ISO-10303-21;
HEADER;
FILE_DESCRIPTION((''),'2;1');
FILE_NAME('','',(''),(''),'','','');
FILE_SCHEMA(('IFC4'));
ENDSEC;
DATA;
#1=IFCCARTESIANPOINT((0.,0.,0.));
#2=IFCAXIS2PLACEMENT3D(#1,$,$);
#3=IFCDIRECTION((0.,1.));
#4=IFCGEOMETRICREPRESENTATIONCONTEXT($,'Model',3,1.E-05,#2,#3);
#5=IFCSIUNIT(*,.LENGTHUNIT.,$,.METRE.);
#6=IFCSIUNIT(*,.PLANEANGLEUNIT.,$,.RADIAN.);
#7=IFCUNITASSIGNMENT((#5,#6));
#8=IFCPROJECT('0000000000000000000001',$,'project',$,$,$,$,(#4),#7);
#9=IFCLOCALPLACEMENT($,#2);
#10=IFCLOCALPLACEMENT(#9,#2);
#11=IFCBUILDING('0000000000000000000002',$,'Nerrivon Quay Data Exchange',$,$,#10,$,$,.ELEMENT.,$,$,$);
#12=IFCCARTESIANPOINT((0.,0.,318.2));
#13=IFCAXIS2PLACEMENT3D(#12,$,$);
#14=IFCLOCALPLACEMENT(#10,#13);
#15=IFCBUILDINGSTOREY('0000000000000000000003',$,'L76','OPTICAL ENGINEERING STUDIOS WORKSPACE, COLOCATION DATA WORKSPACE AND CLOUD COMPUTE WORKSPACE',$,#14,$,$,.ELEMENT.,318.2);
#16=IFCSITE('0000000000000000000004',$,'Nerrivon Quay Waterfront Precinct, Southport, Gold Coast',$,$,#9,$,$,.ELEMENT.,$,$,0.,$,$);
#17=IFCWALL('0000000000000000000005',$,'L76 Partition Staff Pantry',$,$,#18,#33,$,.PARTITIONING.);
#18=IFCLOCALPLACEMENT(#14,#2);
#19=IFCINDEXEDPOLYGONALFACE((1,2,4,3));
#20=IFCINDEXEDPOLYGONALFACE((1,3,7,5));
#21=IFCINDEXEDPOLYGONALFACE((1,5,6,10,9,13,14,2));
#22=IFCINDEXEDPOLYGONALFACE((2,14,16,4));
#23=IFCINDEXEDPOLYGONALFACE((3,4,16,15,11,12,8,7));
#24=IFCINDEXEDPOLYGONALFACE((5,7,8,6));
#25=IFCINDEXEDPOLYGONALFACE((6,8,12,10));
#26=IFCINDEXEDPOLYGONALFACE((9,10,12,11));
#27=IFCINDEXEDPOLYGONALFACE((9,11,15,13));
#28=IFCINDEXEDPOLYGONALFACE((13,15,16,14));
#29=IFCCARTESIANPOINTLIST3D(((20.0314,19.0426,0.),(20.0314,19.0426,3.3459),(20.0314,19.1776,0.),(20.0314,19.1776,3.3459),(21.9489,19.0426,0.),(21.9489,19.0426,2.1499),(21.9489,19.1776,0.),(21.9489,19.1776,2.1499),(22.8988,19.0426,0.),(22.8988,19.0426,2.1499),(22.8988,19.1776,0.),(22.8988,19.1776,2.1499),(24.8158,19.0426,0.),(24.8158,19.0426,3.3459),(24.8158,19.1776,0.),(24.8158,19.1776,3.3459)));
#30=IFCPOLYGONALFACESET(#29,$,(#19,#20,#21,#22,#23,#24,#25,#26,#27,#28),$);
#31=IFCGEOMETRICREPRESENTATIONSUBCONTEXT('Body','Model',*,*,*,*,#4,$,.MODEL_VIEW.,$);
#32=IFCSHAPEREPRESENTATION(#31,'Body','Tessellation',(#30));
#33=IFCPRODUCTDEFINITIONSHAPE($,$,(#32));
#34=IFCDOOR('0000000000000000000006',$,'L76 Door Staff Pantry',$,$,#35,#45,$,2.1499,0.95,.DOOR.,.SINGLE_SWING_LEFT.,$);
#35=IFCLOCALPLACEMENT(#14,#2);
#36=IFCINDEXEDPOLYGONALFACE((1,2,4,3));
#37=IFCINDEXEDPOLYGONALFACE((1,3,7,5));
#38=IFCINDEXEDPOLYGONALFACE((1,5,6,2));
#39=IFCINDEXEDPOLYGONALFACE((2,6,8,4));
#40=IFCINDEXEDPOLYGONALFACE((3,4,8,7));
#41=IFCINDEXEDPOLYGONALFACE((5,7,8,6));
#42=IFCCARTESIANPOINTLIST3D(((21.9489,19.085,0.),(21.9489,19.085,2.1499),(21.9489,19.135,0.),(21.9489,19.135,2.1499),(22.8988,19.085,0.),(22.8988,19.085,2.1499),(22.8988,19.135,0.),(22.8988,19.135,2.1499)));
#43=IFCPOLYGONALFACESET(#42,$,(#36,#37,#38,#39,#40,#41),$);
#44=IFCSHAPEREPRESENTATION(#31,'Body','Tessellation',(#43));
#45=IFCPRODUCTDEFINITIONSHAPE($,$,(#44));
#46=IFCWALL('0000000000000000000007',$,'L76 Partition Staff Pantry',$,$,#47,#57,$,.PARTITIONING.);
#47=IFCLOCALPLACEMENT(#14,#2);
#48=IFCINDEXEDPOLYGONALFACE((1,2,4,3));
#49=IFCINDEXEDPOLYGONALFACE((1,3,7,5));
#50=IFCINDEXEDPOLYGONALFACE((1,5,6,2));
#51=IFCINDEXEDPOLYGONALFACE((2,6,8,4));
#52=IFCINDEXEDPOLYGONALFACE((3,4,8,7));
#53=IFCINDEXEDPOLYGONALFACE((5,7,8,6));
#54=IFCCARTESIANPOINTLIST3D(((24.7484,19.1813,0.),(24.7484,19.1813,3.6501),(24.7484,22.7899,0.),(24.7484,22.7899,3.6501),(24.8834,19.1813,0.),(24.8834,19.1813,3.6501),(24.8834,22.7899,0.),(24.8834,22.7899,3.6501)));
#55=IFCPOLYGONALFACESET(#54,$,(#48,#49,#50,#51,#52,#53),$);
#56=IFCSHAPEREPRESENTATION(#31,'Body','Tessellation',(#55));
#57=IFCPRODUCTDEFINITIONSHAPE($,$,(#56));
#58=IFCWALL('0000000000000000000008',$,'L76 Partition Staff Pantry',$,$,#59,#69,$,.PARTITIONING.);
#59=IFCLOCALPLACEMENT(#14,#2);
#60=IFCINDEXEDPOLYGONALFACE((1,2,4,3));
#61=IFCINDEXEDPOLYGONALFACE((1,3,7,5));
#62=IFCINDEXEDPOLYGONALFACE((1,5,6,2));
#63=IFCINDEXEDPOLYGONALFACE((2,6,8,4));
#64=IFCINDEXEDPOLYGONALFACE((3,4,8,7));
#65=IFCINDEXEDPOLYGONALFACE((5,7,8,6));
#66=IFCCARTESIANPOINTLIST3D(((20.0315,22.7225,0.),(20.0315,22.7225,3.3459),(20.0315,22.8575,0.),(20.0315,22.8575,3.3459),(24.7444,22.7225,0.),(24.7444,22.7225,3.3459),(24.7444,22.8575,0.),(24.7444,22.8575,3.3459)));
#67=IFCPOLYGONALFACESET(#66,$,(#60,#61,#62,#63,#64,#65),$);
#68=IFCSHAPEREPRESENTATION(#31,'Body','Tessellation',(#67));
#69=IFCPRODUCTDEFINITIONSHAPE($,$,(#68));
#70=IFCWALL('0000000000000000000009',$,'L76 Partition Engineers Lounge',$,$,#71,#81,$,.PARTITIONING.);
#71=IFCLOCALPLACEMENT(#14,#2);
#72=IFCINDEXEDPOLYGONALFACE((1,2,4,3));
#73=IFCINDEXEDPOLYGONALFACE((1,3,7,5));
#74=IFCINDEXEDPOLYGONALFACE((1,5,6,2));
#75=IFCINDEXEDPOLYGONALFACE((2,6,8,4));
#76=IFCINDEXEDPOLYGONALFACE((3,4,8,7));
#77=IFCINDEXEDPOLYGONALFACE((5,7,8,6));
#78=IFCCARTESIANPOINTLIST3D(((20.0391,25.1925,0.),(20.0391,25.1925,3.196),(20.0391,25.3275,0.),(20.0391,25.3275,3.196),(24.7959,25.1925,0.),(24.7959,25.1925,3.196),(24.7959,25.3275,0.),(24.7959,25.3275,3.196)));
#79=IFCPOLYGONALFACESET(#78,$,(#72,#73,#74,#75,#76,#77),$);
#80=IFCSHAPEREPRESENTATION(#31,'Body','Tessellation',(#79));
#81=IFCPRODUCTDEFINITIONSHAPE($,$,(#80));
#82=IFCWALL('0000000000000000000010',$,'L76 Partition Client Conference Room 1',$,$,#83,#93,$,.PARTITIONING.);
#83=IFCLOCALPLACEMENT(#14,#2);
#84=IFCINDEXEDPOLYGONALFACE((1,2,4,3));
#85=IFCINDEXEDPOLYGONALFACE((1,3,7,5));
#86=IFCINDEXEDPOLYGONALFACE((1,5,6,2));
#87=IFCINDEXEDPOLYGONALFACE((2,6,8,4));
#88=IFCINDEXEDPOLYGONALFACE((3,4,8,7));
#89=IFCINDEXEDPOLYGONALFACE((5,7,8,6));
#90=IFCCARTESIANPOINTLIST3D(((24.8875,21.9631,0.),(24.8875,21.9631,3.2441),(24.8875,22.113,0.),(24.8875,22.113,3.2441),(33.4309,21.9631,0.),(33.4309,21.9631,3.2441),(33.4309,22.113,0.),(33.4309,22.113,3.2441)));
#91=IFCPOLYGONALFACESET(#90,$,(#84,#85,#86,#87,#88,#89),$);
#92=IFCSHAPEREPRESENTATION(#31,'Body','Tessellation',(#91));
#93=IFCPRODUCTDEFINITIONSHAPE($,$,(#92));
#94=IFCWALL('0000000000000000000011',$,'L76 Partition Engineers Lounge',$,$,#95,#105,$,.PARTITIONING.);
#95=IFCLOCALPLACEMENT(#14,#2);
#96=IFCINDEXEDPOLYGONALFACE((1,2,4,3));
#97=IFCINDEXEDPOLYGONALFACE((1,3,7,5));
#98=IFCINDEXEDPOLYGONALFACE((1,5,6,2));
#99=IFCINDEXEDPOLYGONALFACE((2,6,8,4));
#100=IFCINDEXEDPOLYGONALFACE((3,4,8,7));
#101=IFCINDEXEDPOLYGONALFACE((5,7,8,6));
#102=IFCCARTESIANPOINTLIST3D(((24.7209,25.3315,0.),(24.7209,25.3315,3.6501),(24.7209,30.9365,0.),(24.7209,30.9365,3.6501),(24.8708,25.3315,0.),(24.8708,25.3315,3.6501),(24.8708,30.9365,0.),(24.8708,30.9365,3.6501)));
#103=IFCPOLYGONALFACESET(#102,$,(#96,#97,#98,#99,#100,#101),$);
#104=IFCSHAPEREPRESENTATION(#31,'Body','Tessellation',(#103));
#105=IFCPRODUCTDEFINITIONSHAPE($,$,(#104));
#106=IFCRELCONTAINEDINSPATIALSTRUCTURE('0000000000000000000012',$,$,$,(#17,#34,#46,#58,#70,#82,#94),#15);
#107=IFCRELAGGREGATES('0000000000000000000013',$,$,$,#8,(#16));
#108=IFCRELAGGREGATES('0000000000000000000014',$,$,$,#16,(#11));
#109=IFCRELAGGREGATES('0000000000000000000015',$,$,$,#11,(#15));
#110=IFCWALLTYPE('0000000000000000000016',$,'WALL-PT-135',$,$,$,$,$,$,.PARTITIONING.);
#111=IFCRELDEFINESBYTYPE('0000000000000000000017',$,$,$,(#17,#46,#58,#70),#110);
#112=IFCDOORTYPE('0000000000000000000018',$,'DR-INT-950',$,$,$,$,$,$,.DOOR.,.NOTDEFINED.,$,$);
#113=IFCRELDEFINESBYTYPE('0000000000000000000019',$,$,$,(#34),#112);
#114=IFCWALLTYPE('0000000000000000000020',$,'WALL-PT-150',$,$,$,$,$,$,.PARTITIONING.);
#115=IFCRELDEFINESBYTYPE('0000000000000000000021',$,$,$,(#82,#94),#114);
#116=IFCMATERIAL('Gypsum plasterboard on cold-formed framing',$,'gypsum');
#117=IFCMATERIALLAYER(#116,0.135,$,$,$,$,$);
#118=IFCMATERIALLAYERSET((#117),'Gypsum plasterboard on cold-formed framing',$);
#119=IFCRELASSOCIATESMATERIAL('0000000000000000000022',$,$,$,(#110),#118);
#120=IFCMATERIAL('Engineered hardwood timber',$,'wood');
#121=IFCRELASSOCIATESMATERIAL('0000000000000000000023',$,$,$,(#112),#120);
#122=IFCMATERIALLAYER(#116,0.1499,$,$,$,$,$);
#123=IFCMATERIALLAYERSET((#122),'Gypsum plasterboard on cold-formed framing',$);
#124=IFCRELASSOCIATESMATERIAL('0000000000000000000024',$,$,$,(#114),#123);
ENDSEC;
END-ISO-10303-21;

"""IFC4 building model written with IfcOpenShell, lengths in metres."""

from ifc_helpers import new_model, si_unit, direction, frame, frame_2d, origin, place, context, subcontext, project, spatial, rectangle, extrude, material, layer, layer_set, type_object, element, fill, save


model = new_model("IFC4")

# Units and contexts
model_context = context("Model", 3, precision=1e-05, world=origin(), true_north=direction((0.0, 1.0)))
body_context = subcontext(model_context, "Body", "Model", "MODEL_VIEW")
ifc_project = project(units=[si_unit("LENGTHUNIT", "METRE"), si_unit("PLANEANGLEUNIT", "RADIAN")], contexts=[model_context])

# Site, building, storey
site_placement = place(None, origin())
site = spatial("IfcSite", under=ifc_project, at=site_placement, Name="Nerrivon Quay Waterfront Precinct, Southport, Gold Coast", CompositionType="ELEMENT", RefElevation=0.0)
building_placement = place(site_placement, origin())
building = spatial("IfcBuilding", under=site, at=building_placement, Name="Nerrivon Quay Data Exchange", CompositionType="ELEMENT")
storey_placement = place(building_placement, frame((0.0, 0.0, 318.2)))
storey = spatial("IfcBuildingStorey", under=building, at=storey_placement, Name="L76", Description="OPTICAL ENGINEERING STUDIOS WORKSPACE, COLOCATION DATA WORKSPACE AND CLOUD COMPUTE WORKSPACE", CompositionType="ELEMENT", Elevation=318.2)

# Shared definitions
ifc_material_1 = material(Name="Gypsum plasterboard on cold-formed framing", Category="gypsum")

# Shared definitions
ifc_material_2 = material(Name="Engineered hardwood timber", Category="wood")

# Shared definitions
ifc_layer_1 = layer(ifc_material_1, 0.135)
ifc_layer_set_1 = layer_set([ifc_layer_1], Name="Gypsum plasterboard on cold-formed framing")
wall_type_1 = type_object("IfcWallType", Name="WALL-PT-135", PredefinedType="PARTITIONING", material=ifc_layer_set_1)

# Wall, opening, door
wall_1_placement = place(storey_placement, frame((20.0315, 19.1101, 0.0), z_axis=(0.0, 0.0, 1.0), x_axis=(1.0, 0.0, 0.0)))
wall_1 = element("IfcWall", 1, at=wall_1_placement, inside=storey, type_object=wall_type_1, Name="L76 Partition Staff Pantry", PredefinedType="PARTITIONING", context=body_context, shape_type="SweptSolid", body=[
    extrude(rectangle(XDim=4.7844, YDim=0.135, at=frame_2d((2.3921, 0.0))), origin(), (0.0, 0.0, 1.0), 3.3459),
])
opening_1_placement = place(wall_1_placement, frame((1.9172, 0.0, 0.0)))
opening_1 = element("IfcOpeningElement", 2, at=opening_1_placement, cuts=wall_1, PredefinedType="OPENING", context=body_context, shape_type="SweptSolid", body=[
    extrude(rectangle(XDim=0.95, YDim=2.1499, at=frame_2d((0.4751, 1.075))), frame((0.0, 0.0774, 0.0), z_axis=(0.0, -1.0, 0.0), x_axis=(1.0, 0.0, 0.0)), (0.0, 0.0, 1.0), 0.155),
])
door_type_1 = type_object("IfcDoorType", Name="DR-INT-950", OperationType="NOTDEFINED", PredefinedType="DOOR", material=ifc_material_2)
door_1_placement = place(opening_1_placement, origin())
door_1 = element("IfcDoor", 3, at=door_1_placement, inside=storey, type_object=door_type_1, Name="L76 Door Staff Pantry", OperationType="SINGLE_SWING_LEFT", OverallHeight=2.1499, OverallWidth=0.95, PredefinedType="DOOR", context=body_context, shape_type="SweptSolid", body=[
    extrude(rectangle(XDim=0.95, YDim=2.1499, at=frame_2d((0.4751, 1.075))), frame((0.0, 0.0249, 0.0), z_axis=(0.0, -1.0, 0.0), x_axis=(1.0, 0.0, 0.0)), (0.0, 0.0, 1.0), 0.05),
])
fill(opening_1, door_1)

# Walls
wall_2_placement = place(storey_placement, frame((24.8159, 19.1814, 0.0), z_axis=(0.0, 0.0, 1.0), x_axis=(0.0, 1.0, 0.0)))
element("IfcWall", 4, at=wall_2_placement, inside=storey, type_object=wall_type_1, Name="L76 Partition Staff Pantry", PredefinedType="PARTITIONING", context=body_context, shape_type="SweptSolid", body=[
    extrude(rectangle(XDim=3.6086, YDim=0.135, at=frame_2d((1.8042, 0.0))), origin(), (0.0, 0.0, 1.0), 3.6501),
])
wall_3_placement = place(storey_placement, frame((24.7444, 22.79, 0.0), z_axis=(0.0, 0.0, 1.0), x_axis=(-1.0, 0.0, 0.0)))
element("IfcWall", 5, at=wall_3_placement, inside=storey, type_object=wall_type_1, Name="L76 Partition Staff Pantry", PredefinedType="PARTITIONING", context=body_context, shape_type="SweptSolid", body=[
    extrude(rectangle(XDim=4.7129, YDim=0.135, at=frame_2d((2.3564, 0.0))), origin(), (0.0, 0.0, 1.0), 3.3459),
])
wall_4_placement = place(storey_placement, frame((20.0391, 25.26, 0.0), z_axis=(0.0, 0.0, 1.0), x_axis=(1.0, 0.0, 0.0)))
element("IfcWall", 6, at=wall_4_placement, inside=storey, type_object=wall_type_1, Name="L76 Partition Engineers Lounge", PredefinedType="PARTITIONING", context=body_context, shape_type="SweptSolid", body=[
    extrude(rectangle(XDim=4.7568, YDim=0.135, at=frame_2d((2.3784, 0.0))), origin(), (0.0, 0.0, 1.0), 3.196),
])
ifc_layer_2 = layer(ifc_material_1, 0.1499)
ifc_layer_set_2 = layer_set([ifc_layer_2], Name="Gypsum plasterboard on cold-formed framing")
wall_type_2 = type_object("IfcWallType", Name="WALL-PT-150", PredefinedType="PARTITIONING", material=ifc_layer_set_2)
wall_5_placement = place(storey_placement, frame((24.8875, 22.0381, 0.0), z_axis=(0.0, 0.0, 1.0), x_axis=(1.0, 0.0, 0.0)))
element("IfcWall", 7, at=wall_5_placement, inside=storey, type_object=wall_type_2, Name="L76 Partition Client Conference Room 1", PredefinedType="PARTITIONING", context=body_context, shape_type="SweptSolid", body=[
    extrude(rectangle(XDim=8.5435, YDim=0.1499, at=frame_2d((4.2717, 0.0))), origin(), (0.0, 0.0, 1.0), 3.2441),
])
wall_6_placement = place(storey_placement, frame((24.7959, 25.3315, 0.0), z_axis=(0.0, 0.0, 1.0), x_axis=(0.0, 1.0, 0.0)))
element("IfcWall", 8, at=wall_6_placement, inside=storey, type_object=wall_type_2, Name="L76 Partition Engineers Lounge", PredefinedType="PARTITIONING", context=body_context, shape_type="SweptSolid", body=[
    extrude(rectangle(XDim=5.605, YDim=0.1499, at=frame_2d((2.8025, 0.0))), origin(), (0.0, 0.0, 1.0), 3.6501),
])

save(model, "model.ifc")
